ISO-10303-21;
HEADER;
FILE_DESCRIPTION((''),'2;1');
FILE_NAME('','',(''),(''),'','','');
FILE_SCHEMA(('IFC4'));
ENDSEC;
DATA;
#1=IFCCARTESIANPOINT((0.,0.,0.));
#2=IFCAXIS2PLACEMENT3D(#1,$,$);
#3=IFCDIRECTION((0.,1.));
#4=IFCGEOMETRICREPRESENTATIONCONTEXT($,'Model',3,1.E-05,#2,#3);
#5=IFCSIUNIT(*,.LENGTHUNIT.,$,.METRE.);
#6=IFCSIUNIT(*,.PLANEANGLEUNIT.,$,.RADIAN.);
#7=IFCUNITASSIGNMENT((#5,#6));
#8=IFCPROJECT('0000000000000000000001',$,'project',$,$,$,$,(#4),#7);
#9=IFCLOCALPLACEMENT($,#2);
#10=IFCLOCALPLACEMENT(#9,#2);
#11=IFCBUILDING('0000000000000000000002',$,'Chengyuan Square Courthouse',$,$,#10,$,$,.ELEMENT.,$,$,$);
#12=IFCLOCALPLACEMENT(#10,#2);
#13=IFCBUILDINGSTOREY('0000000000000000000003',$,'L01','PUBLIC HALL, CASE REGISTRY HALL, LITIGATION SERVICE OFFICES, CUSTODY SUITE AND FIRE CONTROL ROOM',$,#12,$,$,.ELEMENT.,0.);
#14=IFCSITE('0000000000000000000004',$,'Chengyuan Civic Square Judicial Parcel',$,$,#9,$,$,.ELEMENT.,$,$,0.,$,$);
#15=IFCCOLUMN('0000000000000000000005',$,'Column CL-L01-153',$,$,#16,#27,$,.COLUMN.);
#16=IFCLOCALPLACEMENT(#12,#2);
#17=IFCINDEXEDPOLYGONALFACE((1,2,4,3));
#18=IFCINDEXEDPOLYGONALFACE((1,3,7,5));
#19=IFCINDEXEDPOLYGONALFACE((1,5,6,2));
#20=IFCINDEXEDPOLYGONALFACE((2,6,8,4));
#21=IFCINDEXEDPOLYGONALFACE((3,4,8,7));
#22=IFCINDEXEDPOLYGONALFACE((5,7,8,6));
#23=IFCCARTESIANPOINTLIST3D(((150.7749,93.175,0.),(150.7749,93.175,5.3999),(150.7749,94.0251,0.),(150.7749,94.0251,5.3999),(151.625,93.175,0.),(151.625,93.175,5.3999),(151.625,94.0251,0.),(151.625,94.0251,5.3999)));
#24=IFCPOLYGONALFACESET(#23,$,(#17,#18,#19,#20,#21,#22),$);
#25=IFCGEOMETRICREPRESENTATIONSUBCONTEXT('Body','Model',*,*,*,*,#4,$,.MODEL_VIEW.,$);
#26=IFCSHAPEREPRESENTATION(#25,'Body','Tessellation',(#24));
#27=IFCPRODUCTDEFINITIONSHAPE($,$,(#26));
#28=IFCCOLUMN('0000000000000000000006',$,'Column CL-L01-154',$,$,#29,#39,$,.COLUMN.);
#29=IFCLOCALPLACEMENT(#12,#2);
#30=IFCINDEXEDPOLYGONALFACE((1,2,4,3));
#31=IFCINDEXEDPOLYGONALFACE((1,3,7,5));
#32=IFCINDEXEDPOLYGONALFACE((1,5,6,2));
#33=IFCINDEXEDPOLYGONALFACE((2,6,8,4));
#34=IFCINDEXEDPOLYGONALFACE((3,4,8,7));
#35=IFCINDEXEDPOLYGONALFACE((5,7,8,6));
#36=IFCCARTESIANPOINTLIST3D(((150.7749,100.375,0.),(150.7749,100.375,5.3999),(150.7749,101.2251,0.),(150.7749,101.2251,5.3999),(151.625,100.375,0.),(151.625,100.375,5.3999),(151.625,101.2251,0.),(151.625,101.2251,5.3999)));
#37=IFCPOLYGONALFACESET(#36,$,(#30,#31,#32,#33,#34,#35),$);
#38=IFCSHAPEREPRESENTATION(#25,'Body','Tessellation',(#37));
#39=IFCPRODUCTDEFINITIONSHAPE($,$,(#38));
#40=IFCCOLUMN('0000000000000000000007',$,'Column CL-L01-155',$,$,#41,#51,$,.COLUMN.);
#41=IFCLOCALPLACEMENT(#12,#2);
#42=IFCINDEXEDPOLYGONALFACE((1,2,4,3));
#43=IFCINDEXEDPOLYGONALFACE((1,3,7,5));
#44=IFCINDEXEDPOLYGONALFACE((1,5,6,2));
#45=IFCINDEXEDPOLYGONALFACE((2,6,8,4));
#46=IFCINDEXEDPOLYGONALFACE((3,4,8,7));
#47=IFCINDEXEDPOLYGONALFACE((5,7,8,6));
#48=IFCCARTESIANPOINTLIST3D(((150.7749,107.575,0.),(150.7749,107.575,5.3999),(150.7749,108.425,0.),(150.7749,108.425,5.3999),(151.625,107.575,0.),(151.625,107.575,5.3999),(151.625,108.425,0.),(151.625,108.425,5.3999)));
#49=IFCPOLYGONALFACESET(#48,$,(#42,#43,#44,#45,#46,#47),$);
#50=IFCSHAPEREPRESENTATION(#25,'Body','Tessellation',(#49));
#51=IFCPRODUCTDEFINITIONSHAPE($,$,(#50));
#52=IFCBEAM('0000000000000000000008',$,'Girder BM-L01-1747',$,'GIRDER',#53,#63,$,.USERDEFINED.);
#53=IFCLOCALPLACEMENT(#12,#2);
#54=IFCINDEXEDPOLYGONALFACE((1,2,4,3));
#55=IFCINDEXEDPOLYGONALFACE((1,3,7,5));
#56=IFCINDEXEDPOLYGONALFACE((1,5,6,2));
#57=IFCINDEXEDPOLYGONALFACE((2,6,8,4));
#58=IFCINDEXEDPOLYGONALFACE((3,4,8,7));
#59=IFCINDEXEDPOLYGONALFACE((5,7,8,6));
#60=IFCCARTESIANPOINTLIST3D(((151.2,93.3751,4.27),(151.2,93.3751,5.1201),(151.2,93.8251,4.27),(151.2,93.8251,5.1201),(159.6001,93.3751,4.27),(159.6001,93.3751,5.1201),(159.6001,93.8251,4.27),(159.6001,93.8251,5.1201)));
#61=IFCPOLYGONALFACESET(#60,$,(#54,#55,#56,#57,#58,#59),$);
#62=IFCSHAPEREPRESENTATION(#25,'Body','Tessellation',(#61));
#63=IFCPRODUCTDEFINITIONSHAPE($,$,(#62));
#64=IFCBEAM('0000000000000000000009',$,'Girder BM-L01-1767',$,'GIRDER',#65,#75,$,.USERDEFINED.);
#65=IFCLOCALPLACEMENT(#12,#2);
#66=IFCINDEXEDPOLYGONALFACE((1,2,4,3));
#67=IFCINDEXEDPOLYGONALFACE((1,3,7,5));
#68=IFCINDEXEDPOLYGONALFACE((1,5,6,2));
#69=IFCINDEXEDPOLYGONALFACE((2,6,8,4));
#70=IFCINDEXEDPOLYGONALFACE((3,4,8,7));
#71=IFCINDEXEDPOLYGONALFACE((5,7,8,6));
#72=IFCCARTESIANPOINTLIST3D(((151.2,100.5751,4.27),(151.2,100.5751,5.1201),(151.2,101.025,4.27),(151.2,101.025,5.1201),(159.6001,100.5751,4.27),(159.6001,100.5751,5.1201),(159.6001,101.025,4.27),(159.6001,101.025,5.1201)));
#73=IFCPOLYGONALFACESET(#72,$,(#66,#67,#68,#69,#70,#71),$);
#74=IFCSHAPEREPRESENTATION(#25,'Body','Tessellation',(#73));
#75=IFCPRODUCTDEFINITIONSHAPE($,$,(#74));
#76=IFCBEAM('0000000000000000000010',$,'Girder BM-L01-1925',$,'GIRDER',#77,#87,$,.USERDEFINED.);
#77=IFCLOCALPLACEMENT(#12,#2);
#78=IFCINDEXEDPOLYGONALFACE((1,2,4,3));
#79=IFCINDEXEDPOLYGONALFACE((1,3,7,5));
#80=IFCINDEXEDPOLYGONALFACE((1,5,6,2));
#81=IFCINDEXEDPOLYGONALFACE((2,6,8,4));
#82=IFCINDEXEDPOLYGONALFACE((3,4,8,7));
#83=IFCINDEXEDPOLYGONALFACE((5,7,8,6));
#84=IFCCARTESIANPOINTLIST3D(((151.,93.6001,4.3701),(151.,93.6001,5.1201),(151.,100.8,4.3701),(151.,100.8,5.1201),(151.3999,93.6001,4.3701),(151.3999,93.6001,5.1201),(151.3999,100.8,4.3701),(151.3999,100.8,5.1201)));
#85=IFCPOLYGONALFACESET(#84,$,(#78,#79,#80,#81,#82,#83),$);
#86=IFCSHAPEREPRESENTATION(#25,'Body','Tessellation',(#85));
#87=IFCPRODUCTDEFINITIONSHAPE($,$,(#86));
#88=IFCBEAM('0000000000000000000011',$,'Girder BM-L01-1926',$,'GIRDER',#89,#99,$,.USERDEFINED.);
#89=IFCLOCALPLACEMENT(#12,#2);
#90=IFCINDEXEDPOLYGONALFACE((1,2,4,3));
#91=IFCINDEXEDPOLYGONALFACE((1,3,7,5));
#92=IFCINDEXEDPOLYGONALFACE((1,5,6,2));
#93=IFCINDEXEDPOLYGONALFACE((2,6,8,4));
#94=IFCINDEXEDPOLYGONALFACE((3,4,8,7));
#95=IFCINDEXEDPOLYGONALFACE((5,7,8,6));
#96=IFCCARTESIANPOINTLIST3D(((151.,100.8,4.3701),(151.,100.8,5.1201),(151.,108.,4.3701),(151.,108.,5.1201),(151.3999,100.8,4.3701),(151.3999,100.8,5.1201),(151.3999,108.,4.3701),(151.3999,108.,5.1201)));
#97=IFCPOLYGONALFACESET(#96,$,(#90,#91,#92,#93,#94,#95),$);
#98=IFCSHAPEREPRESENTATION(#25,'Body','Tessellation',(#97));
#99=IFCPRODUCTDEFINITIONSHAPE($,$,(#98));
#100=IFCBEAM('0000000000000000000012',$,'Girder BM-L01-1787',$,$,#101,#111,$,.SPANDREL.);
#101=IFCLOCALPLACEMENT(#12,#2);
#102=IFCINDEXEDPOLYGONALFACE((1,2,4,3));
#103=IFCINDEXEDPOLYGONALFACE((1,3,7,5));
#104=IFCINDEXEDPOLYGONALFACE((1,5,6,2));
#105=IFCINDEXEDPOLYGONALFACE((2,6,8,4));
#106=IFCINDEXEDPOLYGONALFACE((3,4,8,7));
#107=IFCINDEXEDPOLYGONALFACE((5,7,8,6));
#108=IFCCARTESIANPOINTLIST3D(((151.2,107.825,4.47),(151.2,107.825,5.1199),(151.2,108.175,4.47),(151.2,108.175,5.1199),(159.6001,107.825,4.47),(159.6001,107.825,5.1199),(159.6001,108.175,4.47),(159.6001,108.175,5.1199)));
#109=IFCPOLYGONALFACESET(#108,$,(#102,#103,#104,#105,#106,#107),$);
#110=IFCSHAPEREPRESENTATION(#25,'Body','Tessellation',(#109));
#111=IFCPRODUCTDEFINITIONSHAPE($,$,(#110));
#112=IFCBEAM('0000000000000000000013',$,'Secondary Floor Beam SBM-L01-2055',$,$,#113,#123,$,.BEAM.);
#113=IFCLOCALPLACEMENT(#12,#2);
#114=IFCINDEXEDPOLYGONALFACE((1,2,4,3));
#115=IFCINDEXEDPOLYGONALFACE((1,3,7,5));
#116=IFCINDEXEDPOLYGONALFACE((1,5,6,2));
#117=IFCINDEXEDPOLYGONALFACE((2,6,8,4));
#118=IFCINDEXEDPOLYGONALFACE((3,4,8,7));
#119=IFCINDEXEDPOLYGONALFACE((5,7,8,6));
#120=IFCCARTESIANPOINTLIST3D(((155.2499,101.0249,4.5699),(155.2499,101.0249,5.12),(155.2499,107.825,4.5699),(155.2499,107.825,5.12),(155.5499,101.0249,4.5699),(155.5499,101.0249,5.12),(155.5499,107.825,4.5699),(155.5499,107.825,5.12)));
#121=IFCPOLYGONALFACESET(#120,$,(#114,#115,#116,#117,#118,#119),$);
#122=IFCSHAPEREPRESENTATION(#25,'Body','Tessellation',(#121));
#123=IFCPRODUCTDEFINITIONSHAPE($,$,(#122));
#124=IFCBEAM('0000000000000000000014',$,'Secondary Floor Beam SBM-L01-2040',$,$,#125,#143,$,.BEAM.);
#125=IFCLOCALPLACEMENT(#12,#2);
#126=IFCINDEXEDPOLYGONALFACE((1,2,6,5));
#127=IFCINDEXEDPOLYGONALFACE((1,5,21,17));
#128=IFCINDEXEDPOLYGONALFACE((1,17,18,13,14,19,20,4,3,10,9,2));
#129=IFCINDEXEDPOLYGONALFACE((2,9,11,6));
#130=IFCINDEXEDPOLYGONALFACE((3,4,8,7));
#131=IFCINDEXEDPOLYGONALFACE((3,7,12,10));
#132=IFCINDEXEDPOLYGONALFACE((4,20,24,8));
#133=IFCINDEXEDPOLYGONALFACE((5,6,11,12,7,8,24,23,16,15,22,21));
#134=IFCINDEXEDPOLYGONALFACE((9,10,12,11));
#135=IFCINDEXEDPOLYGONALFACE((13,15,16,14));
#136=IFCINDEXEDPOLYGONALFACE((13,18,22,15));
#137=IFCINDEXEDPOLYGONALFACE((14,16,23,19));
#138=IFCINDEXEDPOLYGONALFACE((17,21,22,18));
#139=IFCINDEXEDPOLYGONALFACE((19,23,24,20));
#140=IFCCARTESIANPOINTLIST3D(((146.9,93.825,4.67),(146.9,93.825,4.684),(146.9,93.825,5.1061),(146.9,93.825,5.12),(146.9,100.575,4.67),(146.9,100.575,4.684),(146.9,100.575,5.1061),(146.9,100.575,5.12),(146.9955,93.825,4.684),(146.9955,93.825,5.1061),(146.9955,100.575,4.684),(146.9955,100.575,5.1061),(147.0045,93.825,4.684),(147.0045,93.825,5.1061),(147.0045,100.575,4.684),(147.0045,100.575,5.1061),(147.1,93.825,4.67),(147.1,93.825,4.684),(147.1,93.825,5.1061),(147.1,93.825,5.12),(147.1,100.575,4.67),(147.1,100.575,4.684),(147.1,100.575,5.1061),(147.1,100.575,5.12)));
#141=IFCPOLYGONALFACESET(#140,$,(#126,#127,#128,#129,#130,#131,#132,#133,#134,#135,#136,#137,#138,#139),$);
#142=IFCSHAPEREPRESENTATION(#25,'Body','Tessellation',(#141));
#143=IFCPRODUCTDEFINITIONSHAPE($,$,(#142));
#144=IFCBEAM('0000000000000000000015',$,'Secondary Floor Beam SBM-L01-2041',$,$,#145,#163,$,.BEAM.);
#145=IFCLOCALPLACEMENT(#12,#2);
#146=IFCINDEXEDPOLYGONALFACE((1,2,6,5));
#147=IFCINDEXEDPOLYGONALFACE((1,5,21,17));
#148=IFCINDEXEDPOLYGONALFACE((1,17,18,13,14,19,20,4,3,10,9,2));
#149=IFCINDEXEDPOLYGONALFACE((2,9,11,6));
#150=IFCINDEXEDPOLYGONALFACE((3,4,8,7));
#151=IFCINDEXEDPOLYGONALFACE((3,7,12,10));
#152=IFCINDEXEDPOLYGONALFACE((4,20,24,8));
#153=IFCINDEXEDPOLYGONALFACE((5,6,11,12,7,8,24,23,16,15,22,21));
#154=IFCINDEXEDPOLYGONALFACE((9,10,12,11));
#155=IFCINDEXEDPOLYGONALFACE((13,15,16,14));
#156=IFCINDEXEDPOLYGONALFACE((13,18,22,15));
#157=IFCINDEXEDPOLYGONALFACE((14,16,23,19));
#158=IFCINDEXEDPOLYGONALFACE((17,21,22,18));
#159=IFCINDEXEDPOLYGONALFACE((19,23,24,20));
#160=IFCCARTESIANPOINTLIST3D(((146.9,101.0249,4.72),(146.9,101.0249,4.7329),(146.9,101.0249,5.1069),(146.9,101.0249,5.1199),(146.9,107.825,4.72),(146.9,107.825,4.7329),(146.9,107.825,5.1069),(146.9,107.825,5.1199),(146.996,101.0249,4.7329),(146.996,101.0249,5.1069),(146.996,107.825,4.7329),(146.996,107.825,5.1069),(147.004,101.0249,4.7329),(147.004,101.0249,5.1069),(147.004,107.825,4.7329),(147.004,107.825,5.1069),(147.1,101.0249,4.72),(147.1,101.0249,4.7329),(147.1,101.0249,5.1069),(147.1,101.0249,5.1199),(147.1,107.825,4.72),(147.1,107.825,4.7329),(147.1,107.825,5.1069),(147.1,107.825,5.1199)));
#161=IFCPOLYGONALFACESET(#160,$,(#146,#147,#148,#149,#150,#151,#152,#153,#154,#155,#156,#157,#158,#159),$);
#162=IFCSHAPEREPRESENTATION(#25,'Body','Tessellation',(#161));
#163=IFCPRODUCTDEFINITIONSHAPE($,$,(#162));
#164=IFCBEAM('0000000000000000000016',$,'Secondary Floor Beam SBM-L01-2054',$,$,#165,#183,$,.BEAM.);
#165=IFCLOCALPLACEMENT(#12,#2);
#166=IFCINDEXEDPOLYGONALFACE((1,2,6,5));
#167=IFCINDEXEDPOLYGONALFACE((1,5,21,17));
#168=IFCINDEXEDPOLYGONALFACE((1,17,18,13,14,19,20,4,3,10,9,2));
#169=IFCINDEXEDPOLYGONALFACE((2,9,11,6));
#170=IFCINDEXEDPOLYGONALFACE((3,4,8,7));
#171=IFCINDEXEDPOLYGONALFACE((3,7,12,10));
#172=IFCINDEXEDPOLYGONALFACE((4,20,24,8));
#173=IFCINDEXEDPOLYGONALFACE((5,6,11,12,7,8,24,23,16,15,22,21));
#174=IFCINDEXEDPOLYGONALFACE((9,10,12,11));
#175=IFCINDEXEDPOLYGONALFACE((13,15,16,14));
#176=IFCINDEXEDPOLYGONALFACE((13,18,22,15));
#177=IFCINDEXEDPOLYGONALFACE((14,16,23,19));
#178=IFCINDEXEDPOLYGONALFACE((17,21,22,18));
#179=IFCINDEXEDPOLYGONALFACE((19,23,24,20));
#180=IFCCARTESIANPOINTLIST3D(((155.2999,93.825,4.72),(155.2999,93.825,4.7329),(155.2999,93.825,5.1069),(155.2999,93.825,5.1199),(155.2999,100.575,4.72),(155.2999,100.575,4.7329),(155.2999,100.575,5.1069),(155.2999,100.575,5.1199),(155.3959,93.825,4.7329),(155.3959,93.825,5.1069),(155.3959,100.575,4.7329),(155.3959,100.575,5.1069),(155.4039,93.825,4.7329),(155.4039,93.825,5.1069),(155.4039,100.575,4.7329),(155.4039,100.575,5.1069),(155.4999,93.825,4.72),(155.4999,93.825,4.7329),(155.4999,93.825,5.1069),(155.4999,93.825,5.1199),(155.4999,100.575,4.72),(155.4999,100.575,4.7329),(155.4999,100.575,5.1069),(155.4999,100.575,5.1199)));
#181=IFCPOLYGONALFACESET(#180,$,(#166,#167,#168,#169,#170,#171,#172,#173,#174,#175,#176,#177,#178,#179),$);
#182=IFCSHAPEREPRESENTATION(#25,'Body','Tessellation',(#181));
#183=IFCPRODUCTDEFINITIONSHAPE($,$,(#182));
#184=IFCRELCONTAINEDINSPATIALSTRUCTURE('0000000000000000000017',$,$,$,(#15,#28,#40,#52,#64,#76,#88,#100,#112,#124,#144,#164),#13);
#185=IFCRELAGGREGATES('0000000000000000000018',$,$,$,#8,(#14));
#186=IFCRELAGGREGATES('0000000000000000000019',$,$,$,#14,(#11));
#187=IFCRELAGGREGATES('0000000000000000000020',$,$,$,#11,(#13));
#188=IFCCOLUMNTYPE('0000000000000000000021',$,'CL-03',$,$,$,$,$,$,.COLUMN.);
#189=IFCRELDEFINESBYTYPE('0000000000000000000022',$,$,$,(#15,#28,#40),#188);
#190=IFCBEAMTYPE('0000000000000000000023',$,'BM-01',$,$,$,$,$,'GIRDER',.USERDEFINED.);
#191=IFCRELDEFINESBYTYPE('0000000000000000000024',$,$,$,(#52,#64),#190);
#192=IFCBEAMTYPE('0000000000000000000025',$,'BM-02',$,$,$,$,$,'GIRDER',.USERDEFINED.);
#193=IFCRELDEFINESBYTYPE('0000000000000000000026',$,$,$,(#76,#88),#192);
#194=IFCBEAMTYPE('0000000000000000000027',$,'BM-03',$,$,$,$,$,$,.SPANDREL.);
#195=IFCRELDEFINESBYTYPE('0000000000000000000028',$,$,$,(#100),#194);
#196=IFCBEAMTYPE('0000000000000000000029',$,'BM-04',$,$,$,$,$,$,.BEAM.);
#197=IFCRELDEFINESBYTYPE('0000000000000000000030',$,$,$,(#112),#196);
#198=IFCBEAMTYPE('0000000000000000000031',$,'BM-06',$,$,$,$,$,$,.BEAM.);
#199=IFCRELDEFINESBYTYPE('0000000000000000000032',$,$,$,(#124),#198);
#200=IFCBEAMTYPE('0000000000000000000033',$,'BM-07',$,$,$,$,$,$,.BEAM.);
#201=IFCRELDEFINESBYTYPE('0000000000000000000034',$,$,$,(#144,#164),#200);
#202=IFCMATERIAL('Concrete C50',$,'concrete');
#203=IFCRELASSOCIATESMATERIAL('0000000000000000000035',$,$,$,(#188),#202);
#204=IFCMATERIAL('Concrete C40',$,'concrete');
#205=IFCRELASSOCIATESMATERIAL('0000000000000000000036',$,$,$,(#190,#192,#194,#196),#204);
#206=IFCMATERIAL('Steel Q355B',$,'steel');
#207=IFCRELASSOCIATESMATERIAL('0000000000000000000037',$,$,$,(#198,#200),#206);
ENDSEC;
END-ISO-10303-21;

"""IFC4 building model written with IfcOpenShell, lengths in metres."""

from ifc_helpers import new_model, si_unit, direction, frame, origin, origin_2d, place, context, subcontext, project, spatial, rectangle, i_section, extrude, material, material_profile, profile_set, type_object, element, save


model = new_model("IFC4")

# Units and contexts
model_context = context("Model", 3, precision=1e-05, world=origin(), true_north=direction((0.0, 1.0)))
body_context = subcontext(model_context, "Body", "Model", "MODEL_VIEW")
ifc_project = project(units=[si_unit("LENGTHUNIT", "METRE"), si_unit("PLANEANGLEUNIT", "RADIAN")], contexts=[model_context])

# Site, building, storey
site_placement = place(None, origin())
site = spatial("IfcSite", under=ifc_project, at=site_placement, Name="Chengyuan Civic Square Judicial Parcel", CompositionType="ELEMENT", RefElevation=0.0)
building_placement = place(site_placement, origin())
building = spatial("IfcBuilding", under=site, at=building_placement, Name="Chengyuan Square Courthouse", CompositionType="ELEMENT")
storey_placement = place(building_placement, origin())
storey = spatial("IfcBuildingStorey", under=building, at=storey_placement, Name="L01", Description="PUBLIC HALL, CASE REGISTRY HALL, LITIGATION SERVICE OFFICES, CUSTODY SUITE AND FIRE CONTROL ROOM", CompositionType="ELEMENT", Elevation=0.0)

# Columns
ifc_material_1 = material(Name="Concrete C50", Category="concrete")
ifc_material_profile_1 = material_profile(ifc_material_1, rectangle(XDim=0.8501, YDim=0.8501, at=origin_2d()), Name="RC-COL-850x850")
ifc_profile_set_1 = profile_set([ifc_material_profile_1], Name="Concrete C50")
column_type = type_object("IfcColumnType", Name="CL-03", PredefinedType="COLUMN", material=ifc_profile_set_1)
for number, where, z_axis, x_axis, name in (
    (1, (151.2, 93.6001, 0.0), (0.0, 0.0, 1.0), (1.0, 0.0, 0.0), "Column CL-L01-153"),
    (2, (151.2, 100.8, 0.0), (0.0, 0.0, 1.0), (1.0, 0.0, 0.0), "Column CL-L01-154"),
    (3, (151.2, 108.0, 0.0), (0.0, 0.0, 1.0), (1.0, 0.0, 0.0), "Column CL-L01-155"),
):
    element("IfcColumn", number, at=place(storey_placement, frame(where, z_axis=z_axis, x_axis=x_axis)), inside=storey, type_object=column_type, Name=name, PredefinedType="COLUMN", context=body_context, shape_type="SweptSolid", body=[
        extrude(rectangle(XDim=0.8501, YDim=0.8501, at=origin_2d()), origin(), (0.0, 0.0, 1.0), 5.3999),
    ])

# Beams
ifc_material_2 = material(Name="Concrete C40", Category="concrete")
ifc_material_profile_2 = material_profile(ifc_material_2, rectangle(XDim=0.45, YDim=0.8501, at=origin_2d()), Name="RC-BM-450x850")
ifc_profile_set_2 = profile_set([ifc_material_profile_2], Name="Concrete C40")
beam_type_1 = type_object("IfcBeamType", Name="BM-01", ElementType="GIRDER", PredefinedType="USERDEFINED", material=ifc_profile_set_2)
for number, where, z_axis, x_axis, name in (
    (4, (151.2, 93.6001, 4.6951), (1.0, 0.0, 0.0), (0.0, 1.0, 0.0), "Girder BM-L01-1747"),
    (5, (151.2, 100.8, 4.6951), (1.0, 0.0, 0.0), (0.0, 1.0, 0.0), "Girder BM-L01-1767"),
):
    element("IfcBeam", number, at=place(storey_placement, frame(where, z_axis=z_axis, x_axis=x_axis)), inside=storey, type_object=beam_type_1, Name=name, ObjectType="GIRDER", PredefinedType="USERDEFINED", context=body_context, shape_type="SweptSolid", body=[
        extrude(rectangle(XDim=0.45, YDim=0.8501, at=origin_2d()), origin(), (0.0, 0.0, 1.0), 8.4001),
    ])
ifc_material_profile_3 = material_profile(ifc_material_2, rectangle(XDim=0.3999, YDim=0.75, at=origin_2d()), Name="RC-BM-400x750")
ifc_profile_set_3 = profile_set([ifc_material_profile_3], Name="Concrete C40")
beam_type_2 = type_object("IfcBeamType", Name="BM-02", ElementType="GIRDER", PredefinedType="USERDEFINED", material=ifc_profile_set_3)
for number, where, z_axis, x_axis, name in (
    (6, (151.2, 93.6001, 4.7451), (0.0, 1.0, 0.0), (-1.0, 0.0, 0.0), "Girder BM-L01-1925"),
    (7, (151.2, 100.8, 4.7451), (0.0, 1.0, 0.0), (-1.0, 0.0, 0.0), "Girder BM-L01-1926"),
):
    element("IfcBeam", number, at=place(storey_placement, frame(where, z_axis=z_axis, x_axis=x_axis)), inside=storey, type_object=beam_type_2, Name=name, ObjectType="GIRDER", PredefinedType="USERDEFINED", context=body_context, shape_type="SweptSolid", body=[
        extrude(rectangle(XDim=0.3999, YDim=0.75, at=origin_2d()), origin(), (0.0, 0.0, 1.0), 7.2),
    ])
ifc_material_profile_4 = material_profile(ifc_material_2, rectangle(XDim=0.3501, YDim=0.6499, at=origin_2d()), Name="RC-BM-350x650")
ifc_profile_set_4 = profile_set([ifc_material_profile_4], Name="Concrete C40")
beam_type_3 = type_object("IfcBeamType", Name="BM-03", PredefinedType="SPANDREL", material=ifc_profile_set_4)
beam_1_placement = place(storey_placement, frame((151.2, 108.0, 4.7949), z_axis=(1.0, 0.0, 0.0), x_axis=(0.0, 1.0, 0.0)))
element("IfcBeam", 8, at=beam_1_placement, inside=storey, type_object=beam_type_3, Name="Girder BM-L01-1787", PredefinedType="SPANDREL", context=body_context, shape_type="SweptSolid", body=[
    extrude(rectangle(XDim=0.3501, YDim=0.6499, at=origin_2d()), origin(), (0.0, 0.0, 1.0), 8.4001),
])
ifc_material_profile_5 = material_profile(ifc_material_2, rectangle(XDim=0.3, YDim=0.55, at=origin_2d()), Name="RC-BM-300x550")
ifc_profile_set_5 = profile_set([ifc_material_profile_5], Name="Concrete C40")
beam_type_4 = type_object("IfcBeamType", Name="BM-04", PredefinedType="BEAM", material=ifc_profile_set_5)
beam_2_placement = place(storey_placement, frame((155.3999, 101.0249, 4.845), z_axis=(0.0, 1.0, 0.0), x_axis=(-1.0, 0.0, 0.0)))
element("IfcBeam", 9, at=beam_2_placement, inside=storey, type_object=beam_type_4, Name="Secondary Floor Beam SBM-L01-2055", PredefinedType="BEAM", context=body_context, shape_type="SweptSolid", body=[
    extrude(rectangle(XDim=0.3, YDim=0.55, at=origin_2d()), origin(), (0.0, 0.0, 1.0), 6.8),
])
ifc_material_3 = material(Name="Steel Q355B", Category="steel")
ifc_material_profile_6 = material_profile(ifc_material_3, i_section(OverallWidth=0.2, OverallDepth=0.45, WebThickness=0.009, FlangeThickness=0.0139, at=origin_2d()), Name="HN 450x200x9x14")
ifc_profile_set_6 = profile_set([ifc_material_profile_6], Name="Steel Q355B")
beam_type_5 = type_object("IfcBeamType", Name="BM-06", PredefinedType="BEAM", material=ifc_profile_set_6)
beam_3_placement = place(storey_placement, frame((147.0, 93.825, 4.895), z_axis=(0.0, 1.0, 0.0), x_axis=(-1.0, 0.0, 0.0)))
element("IfcBeam", 10, at=beam_3_placement, inside=storey, type_object=beam_type_5, Name="Secondary Floor Beam SBM-L01-2040", PredefinedType="BEAM", context=body_context, shape_type="SweptSolid", body=[
    extrude(i_section(OverallWidth=0.2, OverallDepth=0.45, WebThickness=0.009, FlangeThickness=0.0139, at=origin_2d()), origin(), (0.0, 0.0, 1.0), 6.75),
])
ifc_material_profile_7 = material_profile(ifc_material_3, i_section(OverallWidth=0.2, OverallDepth=0.3999, WebThickness=0.0081, FlangeThickness=0.0129, at=origin_2d()), Name="HN 400x200x8x13")
ifc_profile_set_7 = profile_set([ifc_material_profile_7], Name="Steel Q355B")
beam_type_6 = type_object("IfcBeamType", Name="BM-07", PredefinedType="BEAM", material=ifc_profile_set_7)
beam_4_placement = place(storey_placement, frame((147.0, 101.0249, 4.9199), z_axis=(0.0, 1.0, 0.0), x_axis=(-1.0, 0.0, 0.0)))
element("IfcBeam", 11, at=beam_4_placement, inside=storey, type_object=beam_type_6, Name="Secondary Floor Beam SBM-L01-2041", PredefinedType="BEAM", context=body_context, shape_type="SweptSolid", body=[
    extrude(i_section(OverallWidth=0.2, OverallDepth=0.3999, WebThickness=0.0081, FlangeThickness=0.0129, at=origin_2d()), origin(), (0.0, 0.0, 1.0), 6.8),
])
beam_5_placement = place(storey_placement, frame((155.3999, 93.825, 4.9199), z_axis=(0.0, 1.0, 0.0), x_axis=(-1.0, 0.0, 0.0)))
element("IfcBeam", 12, at=beam_5_placement, inside=storey, type_object=beam_type_6, Name="Secondary Floor Beam SBM-L01-2054", PredefinedType="BEAM", context=body_context, shape_type="SweptSolid", body=[
    extrude(i_section(OverallWidth=0.2, OverallDepth=0.3999, WebThickness=0.0081, FlangeThickness=0.0129, at=origin_2d()), origin(), (0.0, 0.0, 1.0), 6.75),
])

save(model, "model.ifc")
